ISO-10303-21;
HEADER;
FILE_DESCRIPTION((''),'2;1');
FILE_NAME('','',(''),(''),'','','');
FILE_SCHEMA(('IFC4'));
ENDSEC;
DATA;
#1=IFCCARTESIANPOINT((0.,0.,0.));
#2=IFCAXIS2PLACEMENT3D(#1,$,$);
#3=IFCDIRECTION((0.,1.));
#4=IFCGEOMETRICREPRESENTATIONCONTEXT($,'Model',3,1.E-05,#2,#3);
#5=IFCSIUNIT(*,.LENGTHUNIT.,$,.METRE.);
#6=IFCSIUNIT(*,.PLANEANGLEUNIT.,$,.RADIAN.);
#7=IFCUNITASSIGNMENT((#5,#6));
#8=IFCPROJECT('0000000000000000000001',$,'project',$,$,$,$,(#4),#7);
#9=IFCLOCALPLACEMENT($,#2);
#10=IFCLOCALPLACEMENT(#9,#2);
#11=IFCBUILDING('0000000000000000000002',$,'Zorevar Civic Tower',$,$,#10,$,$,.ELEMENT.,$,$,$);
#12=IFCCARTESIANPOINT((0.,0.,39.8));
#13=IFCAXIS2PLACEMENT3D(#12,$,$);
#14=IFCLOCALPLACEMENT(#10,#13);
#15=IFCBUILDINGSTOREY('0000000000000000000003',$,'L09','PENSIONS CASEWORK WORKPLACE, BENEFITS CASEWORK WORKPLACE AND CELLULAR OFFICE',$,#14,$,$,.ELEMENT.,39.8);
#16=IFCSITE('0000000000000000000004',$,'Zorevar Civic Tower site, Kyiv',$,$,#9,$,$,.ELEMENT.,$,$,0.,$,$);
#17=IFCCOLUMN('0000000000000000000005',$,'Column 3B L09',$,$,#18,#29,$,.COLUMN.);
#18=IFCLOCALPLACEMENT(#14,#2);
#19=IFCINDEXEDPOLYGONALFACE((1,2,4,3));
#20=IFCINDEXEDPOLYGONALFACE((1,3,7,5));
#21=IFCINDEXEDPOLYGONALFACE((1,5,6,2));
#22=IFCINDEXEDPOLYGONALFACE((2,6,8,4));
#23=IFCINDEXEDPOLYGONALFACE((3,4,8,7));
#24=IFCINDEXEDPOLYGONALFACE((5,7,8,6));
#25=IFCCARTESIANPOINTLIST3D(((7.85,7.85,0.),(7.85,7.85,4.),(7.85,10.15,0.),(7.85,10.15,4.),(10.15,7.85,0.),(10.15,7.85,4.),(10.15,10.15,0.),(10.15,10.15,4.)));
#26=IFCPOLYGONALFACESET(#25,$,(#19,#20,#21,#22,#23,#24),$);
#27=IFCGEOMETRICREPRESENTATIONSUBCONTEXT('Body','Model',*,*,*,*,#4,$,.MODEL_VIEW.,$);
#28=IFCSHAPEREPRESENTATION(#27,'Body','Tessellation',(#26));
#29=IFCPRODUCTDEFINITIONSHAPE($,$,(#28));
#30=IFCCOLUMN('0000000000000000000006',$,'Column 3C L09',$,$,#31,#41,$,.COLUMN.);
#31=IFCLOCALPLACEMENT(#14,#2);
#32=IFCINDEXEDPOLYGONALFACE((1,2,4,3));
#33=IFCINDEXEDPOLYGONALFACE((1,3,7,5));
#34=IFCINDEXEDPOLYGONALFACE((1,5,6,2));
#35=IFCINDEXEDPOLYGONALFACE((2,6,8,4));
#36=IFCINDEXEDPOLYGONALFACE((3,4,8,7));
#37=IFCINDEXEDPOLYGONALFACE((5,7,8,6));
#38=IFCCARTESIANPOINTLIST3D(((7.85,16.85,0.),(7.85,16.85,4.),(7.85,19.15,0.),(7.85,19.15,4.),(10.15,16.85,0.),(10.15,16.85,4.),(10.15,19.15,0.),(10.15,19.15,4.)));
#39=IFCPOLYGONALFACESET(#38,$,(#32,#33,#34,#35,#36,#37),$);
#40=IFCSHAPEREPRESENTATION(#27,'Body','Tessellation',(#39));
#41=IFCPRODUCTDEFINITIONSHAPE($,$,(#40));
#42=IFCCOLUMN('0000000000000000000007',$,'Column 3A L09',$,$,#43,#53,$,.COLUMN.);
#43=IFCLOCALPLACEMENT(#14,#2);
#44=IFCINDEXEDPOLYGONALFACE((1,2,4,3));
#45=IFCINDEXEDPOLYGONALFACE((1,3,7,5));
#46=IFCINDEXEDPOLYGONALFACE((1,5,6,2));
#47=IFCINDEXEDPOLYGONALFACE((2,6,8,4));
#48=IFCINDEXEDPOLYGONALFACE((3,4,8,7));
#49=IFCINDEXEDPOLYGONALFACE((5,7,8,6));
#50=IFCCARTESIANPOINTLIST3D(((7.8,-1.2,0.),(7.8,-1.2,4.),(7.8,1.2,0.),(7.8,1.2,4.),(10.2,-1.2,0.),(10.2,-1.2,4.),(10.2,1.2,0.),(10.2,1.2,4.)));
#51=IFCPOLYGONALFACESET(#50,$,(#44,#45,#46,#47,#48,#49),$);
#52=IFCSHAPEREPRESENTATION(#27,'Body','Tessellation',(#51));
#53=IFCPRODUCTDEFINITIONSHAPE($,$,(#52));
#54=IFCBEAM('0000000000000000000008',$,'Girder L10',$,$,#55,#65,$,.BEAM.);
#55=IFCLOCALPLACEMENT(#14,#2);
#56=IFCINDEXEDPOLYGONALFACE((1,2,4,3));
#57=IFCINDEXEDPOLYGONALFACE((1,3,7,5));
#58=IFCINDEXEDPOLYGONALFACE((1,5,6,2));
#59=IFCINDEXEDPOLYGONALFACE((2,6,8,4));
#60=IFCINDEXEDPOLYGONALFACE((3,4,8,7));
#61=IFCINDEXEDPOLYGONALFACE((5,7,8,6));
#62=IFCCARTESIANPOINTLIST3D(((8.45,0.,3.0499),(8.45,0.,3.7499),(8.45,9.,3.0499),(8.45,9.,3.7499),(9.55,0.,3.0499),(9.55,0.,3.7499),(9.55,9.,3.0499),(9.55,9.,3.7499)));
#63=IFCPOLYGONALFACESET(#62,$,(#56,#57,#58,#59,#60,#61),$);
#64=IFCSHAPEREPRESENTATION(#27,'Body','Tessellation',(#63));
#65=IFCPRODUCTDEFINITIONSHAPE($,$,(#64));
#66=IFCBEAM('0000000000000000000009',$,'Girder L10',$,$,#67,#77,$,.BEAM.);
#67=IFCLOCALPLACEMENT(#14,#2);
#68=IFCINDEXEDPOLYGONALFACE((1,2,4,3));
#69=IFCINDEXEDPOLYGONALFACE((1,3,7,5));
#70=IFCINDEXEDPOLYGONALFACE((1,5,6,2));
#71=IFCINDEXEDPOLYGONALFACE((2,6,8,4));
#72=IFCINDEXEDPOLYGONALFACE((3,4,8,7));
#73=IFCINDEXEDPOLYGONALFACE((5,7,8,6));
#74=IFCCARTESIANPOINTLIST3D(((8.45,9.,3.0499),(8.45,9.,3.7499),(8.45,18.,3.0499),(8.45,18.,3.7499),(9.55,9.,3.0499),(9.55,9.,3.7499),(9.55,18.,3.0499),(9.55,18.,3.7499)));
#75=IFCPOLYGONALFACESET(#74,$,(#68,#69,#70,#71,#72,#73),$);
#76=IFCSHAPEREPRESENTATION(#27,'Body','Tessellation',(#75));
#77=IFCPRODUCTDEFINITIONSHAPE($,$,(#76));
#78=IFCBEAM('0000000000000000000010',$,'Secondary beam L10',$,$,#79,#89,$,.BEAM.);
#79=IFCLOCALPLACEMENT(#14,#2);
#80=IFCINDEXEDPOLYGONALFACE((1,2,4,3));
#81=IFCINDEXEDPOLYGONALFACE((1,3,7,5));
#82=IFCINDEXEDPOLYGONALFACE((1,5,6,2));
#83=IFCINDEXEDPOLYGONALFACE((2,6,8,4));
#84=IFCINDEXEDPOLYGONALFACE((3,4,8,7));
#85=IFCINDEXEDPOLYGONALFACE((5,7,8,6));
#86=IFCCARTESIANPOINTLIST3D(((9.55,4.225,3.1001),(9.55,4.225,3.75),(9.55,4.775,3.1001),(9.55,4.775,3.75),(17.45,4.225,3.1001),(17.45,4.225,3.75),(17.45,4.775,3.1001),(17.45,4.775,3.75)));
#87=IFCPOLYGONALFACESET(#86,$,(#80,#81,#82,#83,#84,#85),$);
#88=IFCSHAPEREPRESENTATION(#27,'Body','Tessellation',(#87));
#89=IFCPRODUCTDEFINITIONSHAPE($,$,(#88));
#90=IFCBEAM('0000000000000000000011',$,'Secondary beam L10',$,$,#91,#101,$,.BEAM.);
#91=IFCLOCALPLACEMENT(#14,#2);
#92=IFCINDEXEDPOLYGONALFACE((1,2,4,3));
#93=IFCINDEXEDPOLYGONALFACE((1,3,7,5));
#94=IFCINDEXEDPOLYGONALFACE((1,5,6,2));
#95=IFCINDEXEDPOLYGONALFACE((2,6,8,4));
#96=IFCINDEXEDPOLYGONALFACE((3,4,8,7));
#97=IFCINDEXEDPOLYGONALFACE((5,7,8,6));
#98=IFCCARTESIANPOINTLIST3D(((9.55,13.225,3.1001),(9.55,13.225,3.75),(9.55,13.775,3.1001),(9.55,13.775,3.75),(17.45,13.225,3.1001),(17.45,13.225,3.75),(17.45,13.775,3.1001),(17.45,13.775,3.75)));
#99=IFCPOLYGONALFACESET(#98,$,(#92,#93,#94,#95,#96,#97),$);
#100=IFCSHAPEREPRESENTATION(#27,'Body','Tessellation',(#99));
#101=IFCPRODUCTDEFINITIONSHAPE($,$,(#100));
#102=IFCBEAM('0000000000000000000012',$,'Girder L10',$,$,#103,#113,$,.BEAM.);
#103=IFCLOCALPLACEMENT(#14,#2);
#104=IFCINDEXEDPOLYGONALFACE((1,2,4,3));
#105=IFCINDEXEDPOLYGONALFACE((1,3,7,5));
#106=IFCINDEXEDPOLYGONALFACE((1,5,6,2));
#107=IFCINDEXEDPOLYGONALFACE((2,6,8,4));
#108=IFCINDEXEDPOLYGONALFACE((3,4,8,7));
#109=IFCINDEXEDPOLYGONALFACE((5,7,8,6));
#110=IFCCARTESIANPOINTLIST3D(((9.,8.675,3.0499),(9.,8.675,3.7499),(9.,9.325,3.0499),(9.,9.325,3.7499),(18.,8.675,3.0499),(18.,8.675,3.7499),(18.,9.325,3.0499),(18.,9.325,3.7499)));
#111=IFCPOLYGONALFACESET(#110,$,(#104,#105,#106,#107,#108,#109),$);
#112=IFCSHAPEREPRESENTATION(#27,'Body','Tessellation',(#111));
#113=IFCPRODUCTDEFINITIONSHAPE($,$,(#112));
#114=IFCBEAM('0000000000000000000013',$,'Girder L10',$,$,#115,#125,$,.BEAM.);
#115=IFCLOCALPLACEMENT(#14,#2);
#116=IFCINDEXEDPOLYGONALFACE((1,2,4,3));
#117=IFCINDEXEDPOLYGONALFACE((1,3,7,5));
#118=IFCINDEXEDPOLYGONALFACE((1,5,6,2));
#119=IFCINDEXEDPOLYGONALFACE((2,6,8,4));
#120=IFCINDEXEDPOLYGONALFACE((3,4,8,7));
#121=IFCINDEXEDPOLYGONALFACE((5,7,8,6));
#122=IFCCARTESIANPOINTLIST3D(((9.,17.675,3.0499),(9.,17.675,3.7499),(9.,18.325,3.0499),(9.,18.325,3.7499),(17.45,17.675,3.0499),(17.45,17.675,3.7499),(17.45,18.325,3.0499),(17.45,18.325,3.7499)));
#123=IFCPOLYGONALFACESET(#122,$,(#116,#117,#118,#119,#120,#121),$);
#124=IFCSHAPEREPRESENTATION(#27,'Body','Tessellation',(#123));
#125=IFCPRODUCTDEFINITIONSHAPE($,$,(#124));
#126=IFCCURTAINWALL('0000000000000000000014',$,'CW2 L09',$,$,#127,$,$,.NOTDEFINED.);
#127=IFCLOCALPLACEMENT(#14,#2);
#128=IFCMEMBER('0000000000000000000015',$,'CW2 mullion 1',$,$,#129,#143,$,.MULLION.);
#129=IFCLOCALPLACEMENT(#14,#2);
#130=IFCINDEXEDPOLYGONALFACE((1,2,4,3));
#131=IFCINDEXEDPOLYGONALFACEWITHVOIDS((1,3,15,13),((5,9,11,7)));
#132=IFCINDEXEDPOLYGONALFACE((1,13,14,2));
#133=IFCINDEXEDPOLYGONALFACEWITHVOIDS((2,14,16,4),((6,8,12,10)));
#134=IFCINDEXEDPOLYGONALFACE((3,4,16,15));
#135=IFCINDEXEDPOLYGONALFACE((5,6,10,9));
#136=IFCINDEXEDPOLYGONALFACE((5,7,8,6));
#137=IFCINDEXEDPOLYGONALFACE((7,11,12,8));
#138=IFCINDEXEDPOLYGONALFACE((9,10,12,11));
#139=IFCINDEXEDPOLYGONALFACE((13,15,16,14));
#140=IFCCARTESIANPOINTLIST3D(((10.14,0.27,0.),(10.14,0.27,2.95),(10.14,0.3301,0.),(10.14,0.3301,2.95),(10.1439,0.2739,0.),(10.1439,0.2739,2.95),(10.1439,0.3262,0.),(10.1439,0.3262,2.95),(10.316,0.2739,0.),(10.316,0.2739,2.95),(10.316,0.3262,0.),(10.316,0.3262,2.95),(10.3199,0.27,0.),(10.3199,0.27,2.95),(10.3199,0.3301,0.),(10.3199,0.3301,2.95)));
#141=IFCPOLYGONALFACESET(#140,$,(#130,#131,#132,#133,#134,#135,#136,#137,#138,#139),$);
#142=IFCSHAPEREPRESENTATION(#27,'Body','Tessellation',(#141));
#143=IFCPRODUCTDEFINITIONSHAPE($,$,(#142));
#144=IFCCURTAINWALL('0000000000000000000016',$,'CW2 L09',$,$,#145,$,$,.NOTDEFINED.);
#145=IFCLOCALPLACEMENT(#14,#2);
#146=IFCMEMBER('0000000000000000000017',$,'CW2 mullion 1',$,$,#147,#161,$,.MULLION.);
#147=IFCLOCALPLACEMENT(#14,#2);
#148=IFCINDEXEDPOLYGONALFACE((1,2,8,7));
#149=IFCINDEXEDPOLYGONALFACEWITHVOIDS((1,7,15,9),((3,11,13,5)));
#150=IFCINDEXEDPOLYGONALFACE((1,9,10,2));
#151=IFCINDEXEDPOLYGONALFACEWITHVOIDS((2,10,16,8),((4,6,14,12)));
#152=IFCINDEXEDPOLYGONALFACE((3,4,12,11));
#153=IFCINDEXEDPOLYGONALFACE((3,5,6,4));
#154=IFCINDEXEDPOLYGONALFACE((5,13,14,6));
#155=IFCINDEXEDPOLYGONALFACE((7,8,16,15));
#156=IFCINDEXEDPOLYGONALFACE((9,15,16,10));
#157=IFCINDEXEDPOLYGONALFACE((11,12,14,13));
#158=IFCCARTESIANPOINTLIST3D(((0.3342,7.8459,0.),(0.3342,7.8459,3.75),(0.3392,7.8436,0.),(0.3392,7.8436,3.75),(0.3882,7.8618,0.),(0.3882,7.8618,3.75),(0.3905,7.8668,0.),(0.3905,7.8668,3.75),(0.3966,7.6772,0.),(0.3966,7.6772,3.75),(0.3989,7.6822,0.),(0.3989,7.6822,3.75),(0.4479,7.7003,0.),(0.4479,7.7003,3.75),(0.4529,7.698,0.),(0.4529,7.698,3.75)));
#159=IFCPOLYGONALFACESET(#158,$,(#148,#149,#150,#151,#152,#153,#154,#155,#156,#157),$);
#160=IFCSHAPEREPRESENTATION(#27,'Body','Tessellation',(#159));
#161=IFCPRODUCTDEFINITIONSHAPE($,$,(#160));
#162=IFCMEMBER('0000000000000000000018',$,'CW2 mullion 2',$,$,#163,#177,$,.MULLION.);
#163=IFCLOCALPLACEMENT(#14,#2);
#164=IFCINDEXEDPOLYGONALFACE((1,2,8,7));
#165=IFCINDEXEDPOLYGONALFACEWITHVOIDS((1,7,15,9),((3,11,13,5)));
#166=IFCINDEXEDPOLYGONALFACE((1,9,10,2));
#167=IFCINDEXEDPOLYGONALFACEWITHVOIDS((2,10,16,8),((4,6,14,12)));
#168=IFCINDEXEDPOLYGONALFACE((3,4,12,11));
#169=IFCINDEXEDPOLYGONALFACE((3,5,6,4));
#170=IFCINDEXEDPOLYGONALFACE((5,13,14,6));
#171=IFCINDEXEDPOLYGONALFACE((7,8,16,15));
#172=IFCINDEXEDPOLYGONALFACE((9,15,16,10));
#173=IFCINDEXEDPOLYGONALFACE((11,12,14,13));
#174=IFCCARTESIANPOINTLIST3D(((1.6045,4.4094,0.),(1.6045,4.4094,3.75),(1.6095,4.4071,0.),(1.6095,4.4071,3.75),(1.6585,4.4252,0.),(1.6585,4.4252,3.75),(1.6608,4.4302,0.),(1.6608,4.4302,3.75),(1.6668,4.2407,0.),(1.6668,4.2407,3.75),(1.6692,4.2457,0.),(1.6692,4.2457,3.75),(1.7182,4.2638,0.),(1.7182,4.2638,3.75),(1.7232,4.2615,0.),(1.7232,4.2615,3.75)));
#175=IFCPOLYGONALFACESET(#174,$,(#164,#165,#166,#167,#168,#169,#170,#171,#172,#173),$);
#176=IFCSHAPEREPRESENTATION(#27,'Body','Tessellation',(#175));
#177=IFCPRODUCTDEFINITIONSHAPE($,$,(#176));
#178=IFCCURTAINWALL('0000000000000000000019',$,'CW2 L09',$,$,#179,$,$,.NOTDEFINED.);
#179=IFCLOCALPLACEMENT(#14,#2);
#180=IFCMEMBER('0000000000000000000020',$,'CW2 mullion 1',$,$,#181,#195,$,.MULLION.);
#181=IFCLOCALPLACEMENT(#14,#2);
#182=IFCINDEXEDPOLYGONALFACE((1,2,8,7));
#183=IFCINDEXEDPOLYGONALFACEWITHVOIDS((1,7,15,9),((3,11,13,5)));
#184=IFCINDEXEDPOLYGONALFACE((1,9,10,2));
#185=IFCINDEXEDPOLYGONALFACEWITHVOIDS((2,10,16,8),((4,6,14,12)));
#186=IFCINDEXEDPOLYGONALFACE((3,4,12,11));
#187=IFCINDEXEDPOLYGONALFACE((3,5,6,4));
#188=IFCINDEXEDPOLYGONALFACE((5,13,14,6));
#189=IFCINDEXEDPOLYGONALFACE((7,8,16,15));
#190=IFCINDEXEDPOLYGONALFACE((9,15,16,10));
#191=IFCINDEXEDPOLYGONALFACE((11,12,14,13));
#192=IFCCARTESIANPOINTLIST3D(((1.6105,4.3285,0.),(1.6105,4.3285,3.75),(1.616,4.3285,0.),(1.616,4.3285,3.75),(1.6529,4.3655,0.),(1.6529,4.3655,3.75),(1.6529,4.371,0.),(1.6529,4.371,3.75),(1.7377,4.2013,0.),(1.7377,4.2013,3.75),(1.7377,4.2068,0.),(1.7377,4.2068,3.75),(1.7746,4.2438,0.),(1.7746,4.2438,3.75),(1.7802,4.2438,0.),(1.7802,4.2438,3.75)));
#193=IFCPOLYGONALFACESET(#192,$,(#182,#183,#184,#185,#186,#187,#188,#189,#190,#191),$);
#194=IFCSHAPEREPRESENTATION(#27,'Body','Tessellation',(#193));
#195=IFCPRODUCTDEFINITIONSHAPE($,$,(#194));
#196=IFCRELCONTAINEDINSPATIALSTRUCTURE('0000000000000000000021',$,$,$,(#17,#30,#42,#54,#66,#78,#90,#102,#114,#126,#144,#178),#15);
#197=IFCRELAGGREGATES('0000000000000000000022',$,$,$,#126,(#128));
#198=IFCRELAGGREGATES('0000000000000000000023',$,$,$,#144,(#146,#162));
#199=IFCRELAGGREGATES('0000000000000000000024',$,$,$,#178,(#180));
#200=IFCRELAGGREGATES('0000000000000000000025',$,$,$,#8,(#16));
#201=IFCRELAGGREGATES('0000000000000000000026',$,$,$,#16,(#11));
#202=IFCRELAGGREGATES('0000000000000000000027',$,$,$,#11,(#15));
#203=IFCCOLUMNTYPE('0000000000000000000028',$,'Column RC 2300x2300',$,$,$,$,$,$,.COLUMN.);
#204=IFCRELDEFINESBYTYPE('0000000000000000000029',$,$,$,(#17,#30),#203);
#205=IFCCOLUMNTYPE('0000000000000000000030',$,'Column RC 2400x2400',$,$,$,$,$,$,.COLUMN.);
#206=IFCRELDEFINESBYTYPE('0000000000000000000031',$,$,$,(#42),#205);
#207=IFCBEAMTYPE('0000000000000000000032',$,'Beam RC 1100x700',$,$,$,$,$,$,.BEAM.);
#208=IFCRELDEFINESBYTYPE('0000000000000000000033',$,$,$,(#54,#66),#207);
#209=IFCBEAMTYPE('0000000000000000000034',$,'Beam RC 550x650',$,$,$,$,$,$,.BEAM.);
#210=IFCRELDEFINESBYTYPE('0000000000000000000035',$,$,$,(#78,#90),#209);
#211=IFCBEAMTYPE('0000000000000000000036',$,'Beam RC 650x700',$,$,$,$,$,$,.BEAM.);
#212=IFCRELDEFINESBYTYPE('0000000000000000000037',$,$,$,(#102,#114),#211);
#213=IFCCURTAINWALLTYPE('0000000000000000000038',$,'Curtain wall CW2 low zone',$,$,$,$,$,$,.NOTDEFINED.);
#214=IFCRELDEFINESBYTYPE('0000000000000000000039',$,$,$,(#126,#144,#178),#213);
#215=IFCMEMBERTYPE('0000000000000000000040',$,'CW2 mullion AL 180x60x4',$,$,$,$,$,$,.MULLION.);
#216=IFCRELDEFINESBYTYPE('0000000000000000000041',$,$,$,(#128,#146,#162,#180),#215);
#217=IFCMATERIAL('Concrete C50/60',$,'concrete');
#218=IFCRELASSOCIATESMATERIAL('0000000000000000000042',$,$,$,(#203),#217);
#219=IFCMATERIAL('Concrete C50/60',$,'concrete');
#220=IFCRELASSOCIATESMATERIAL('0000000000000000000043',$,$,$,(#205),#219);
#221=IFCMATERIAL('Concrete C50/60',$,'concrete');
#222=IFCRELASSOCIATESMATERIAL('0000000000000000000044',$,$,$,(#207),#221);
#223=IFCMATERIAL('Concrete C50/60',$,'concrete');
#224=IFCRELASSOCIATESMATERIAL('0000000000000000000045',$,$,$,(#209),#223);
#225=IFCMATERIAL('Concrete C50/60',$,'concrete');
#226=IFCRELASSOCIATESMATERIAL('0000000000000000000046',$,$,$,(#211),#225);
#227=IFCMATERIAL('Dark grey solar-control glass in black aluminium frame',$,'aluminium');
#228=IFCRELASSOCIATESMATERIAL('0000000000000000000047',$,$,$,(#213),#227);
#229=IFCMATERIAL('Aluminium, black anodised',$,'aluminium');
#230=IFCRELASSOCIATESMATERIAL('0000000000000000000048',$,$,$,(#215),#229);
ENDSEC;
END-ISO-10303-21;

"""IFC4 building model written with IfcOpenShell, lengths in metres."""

from ifc_helpers import new_model, si_unit, direction, frame, origin, origin_2d, place, context, subcontext, project, spatial, rectangle, hollow_rectangle, extrude, material, material_profile, profile_set, type_object, element, aggregate, save


model = new_model("IFC4")

# Units and contexts
model_context = context("Model", 3, precision=1e-05, world=origin(), true_north=direction((0.0, 1.0)))
body_context = subcontext(model_context, "Body", "Model", "MODEL_VIEW")
ifc_project = project(units=[si_unit("LENGTHUNIT", "METRE"), si_unit("PLANEANGLEUNIT", "RADIAN")], contexts=[model_context])

# Site, building, storey
site_placement = place(None, origin())
site = spatial("IfcSite", under=ifc_project, at=site_placement, Name="Zorevar Civic Tower site, Kyiv", CompositionType="ELEMENT", RefElevation=0.0)
building_placement = place(site_placement, origin())
building = spatial("IfcBuilding", under=site, at=building_placement, Name="Zorevar Civic Tower", CompositionType="ELEMENT")
storey_placement = place(building_placement, frame((0.0, 0.0, 39.8)))
storey = spatial("IfcBuildingStorey", under=building, at=storey_placement, Name="L09", Description="PENSIONS CASEWORK WORKPLACE, BENEFITS CASEWORK WORKPLACE AND CELLULAR OFFICE", CompositionType="ELEMENT", Elevation=39.8)

# Columns
ifc_material_1 = material(Name="Concrete C50/60", Category="concrete")
ifc_material_profile_1 = material_profile(ifc_material_1, rectangle(XDim=2.3, YDim=2.3, at=origin_2d()), Name="RC 2300x2300")
ifc_profile_set_1 = profile_set([ifc_material_profile_1], Name="Concrete C50/60")
column_type_1 = type_object("IfcColumnType", Name="Column RC 2300x2300", PredefinedType="COLUMN", material=ifc_profile_set_1)
for number, where, z_axis, x_axis, name in (
    (1, (9.0, 9.0, 0.0), (0.0, 0.0, 1.0), (1.0, 0.0, 0.0), "Column 3B L09"),
    (2, (9.0, 18.0, 0.0), (0.0, 0.0, 1.0), (1.0, 0.0, 0.0), "Column 3C L09"),
):
    element("IfcColumn", number, at=place(storey_placement, frame(where, z_axis=z_axis, x_axis=x_axis)), inside=storey, type_object=column_type_1, Name=name, PredefinedType="COLUMN", context=body_context, shape_type="SweptSolid", body=[
        extrude(rectangle(XDim=2.3, YDim=2.3, at=origin_2d()), origin(), (0.0, 0.0, 1.0), 4.0),
    ])
ifc_material_2 = material(Name="Concrete C50/60", Category="concrete")
ifc_material_profile_2 = material_profile(ifc_material_2, rectangle(XDim=2.3999, YDim=2.3999, at=origin_2d()), Name="RC 2400x2400")
ifc_profile_set_2 = profile_set([ifc_material_profile_2], Name="Concrete C50/60")
column_type_2 = type_object("IfcColumnType", Name="Column RC 2400x2400", PredefinedType="COLUMN", material=ifc_profile_set_2)
column_placement = place(storey_placement, frame((9.0, 0.0, 0.0), z_axis=(0.0, 0.0, 1.0), x_axis=(1.0, 0.0, 0.0)))
element("IfcColumn", 3, at=column_placement, inside=storey, type_object=column_type_2, Name="Column 3A L09", PredefinedType="COLUMN", context=body_context, shape_type="SweptSolid", body=[
    extrude(rectangle(XDim=2.3999, YDim=2.3999, at=origin_2d()), origin(), (0.0, 0.0, 1.0), 4.0),
])

# Beams
ifc_material_3 = material(Name="Concrete C50/60", Category="concrete")
ifc_material_profile_3 = material_profile(ifc_material_3, rectangle(XDim=1.1001, YDim=0.7, at=origin_2d()), Name="RC 1100x700")
ifc_profile_set_3 = profile_set([ifc_material_profile_3], Name="Concrete C50/60")
beam_type_1 = type_object("IfcBeamType", Name="Beam RC 1100x700", PredefinedType="BEAM", material=ifc_profile_set_3)
for number, where, z_axis, x_axis, name in (
    (4, (9.0, 0.0, 3.3999), (0.0, 1.0, 0.0), (-1.0, 0.0, 0.0), "Girder L10"),
    (5, (9.0, 9.0, 3.3999), (0.0, 1.0, 0.0), (-1.0, 0.0, 0.0), "Girder L10"),
):
    element("IfcBeam", number, at=place(storey_placement, frame(where, z_axis=z_axis, x_axis=x_axis)), inside=storey, type_object=beam_type_1, Name=name, PredefinedType="BEAM", context=body_context, shape_type="SweptSolid", body=[
        extrude(rectangle(XDim=1.1001, YDim=0.7, at=origin_2d()), origin(), (0.0, 0.0, 1.0), 9.0),
    ])
ifc_material_4 = material(Name="Concrete C50/60", Category="concrete")
ifc_material_profile_4 = material_profile(ifc_material_4, rectangle(XDim=0.55, YDim=0.6499, at=origin_2d()), Name="RC 550x650")
ifc_profile_set_4 = profile_set([ifc_material_profile_4], Name="Concrete C50/60")
beam_type_2 = type_object("IfcBeamType", Name="Beam RC 550x650", PredefinedType="BEAM", material=ifc_profile_set_4)
for number, where, z_axis, x_axis, name in (
    (6, (9.55, 4.5, 3.425), (1.0, 0.0, 0.0), (0.0, 1.0, 0.0), "Secondary beam L10"),
    (7, (9.55, 13.5, 3.425), (1.0, 0.0, 0.0), (0.0, 1.0, 0.0), "Secondary beam L10"),
):
    element("IfcBeam", number, at=place(storey_placement, frame(where, z_axis=z_axis, x_axis=x_axis)), inside=storey, type_object=beam_type_2, Name=name, PredefinedType="BEAM", context=body_context, shape_type="SweptSolid", body=[
        extrude(rectangle(XDim=0.55, YDim=0.6499, at=origin_2d()), origin(), (0.0, 0.0, 1.0), 7.8999),
    ])
ifc_material_5 = material(Name="Concrete C50/60", Category="concrete")
ifc_material_profile_5 = material_profile(ifc_material_5, rectangle(XDim=0.6499, YDim=0.7, at=origin_2d()), Name="RC 650x700")
ifc_profile_set_5 = profile_set([ifc_material_profile_5], Name="Concrete C50/60")
beam_type_3 = type_object("IfcBeamType", Name="Beam RC 650x700", PredefinedType="BEAM", material=ifc_profile_set_5)
beam_1_placement = place(storey_placement, frame((9.0, 9.0, 3.3999), z_axis=(1.0, 0.0, 0.0), x_axis=(0.0, 1.0, 0.0)))
element("IfcBeam", 8, at=beam_1_placement, inside=storey, type_object=beam_type_3, Name="Girder L10", PredefinedType="BEAM", context=body_context, shape_type="SweptSolid", body=[
    extrude(rectangle(XDim=0.6499, YDim=0.7, at=origin_2d()), origin(), (0.0, 0.0, 1.0), 9.0),
])
beam_2_placement = place(storey_placement, frame((9.0, 18.0, 3.3999), z_axis=(1.0, 0.0, 0.0), x_axis=(0.0, 1.0, 0.0)))
element("IfcBeam", 9, at=beam_2_placement, inside=storey, type_object=beam_type_3, Name="Girder L10", PredefinedType="BEAM", context=body_context, shape_type="SweptSolid", body=[
    extrude(rectangle(XDim=0.6499, YDim=0.7, at=origin_2d()), origin(), (0.0, 0.0, 1.0), 8.45),
])

# Curtain wall, member
ifc_material_6 = material(Name="Dark grey solar-control glass in black aluminium frame", Category="aluminium")
curtain_wall_type = type_object("IfcCurtainWallType", Name="Curtain wall CW2 low zone", PredefinedType="NOTDEFINED", material=ifc_material_6)
curtain_wall_1_placement = place(storey_placement, origin())
curtain_wall_1 = element("IfcCurtainWall", 10, at=curtain_wall_1_placement, inside=storey, type_object=curtain_wall_type, Name="CW2 L09", PredefinedType="NOTDEFINED")
ifc_material_7 = material(Name="Aluminium, black anodised", Category="aluminium")
ifc_material_profile_6 = material_profile(ifc_material_7, hollow_rectangle(XDim=0.0601, YDim=0.1799, WallThickness=0.0039, at=origin_2d()), Name="AL 180x60x4")
ifc_profile_set_6 = profile_set([ifc_material_profile_6], Name="Aluminium, black anodised")
member_type_1 = type_object("IfcMemberType", Name="CW2 mullion AL 180x60x4", PredefinedType="MULLION", material=ifc_profile_set_6)
member_1_placement = place(storey_placement, frame((10.23, 0.3, 0.0), z_axis=(0.0, 0.0, 1.0), x_axis=(0.0, 1.0, 0.0)))
member_1 = element("IfcMember", 11, at=member_1_placement, type_object=member_type_1, Name="CW2 mullion 1", PredefinedType="MULLION", context=body_context, shape_type="SweptSolid", body=[
    extrude(hollow_rectangle(XDim=0.0601, YDim=0.1799, WallThickness=0.0039, at=origin_2d()), origin(), (0.0, 0.0, 1.0), 2.95),
])

# Curtain walls, members
curtain_wall_2_placement = place(storey_placement, origin())
curtain_wall_2 = element("IfcCurtainWall", 12, at=curtain_wall_2_placement, inside=storey, type_object=curtain_wall_type, Name="CW2 L09", PredefinedType="NOTDEFINED")
member_2_placement = place(storey_placement, frame((0.3936, 7.772, 0.0), z_axis=(0.0, 0.0, 1.0), x_axis=(0.937975, 0.346704, 0.0)))
member_2 = element("IfcMember", 13, at=member_2_placement, type_object=member_type_1, Name="CW2 mullion 1", PredefinedType="MULLION", context=body_context, shape_type="SweptSolid", body=[
    extrude(hollow_rectangle(XDim=0.0601, YDim=0.1799, WallThickness=0.0039, at=origin_2d()), origin(), (0.0, 0.0, 1.0), 3.75),
])
member_3_placement = place(storey_placement, frame((1.6638, 4.3354, 0.0), z_axis=(0.0, 0.0, 1.0), x_axis=(0.937975, 0.346704, 0.0)))
member_3 = element("IfcMember", 14, at=member_3_placement, type_object=member_type_1, Name="CW2 mullion 2", PredefinedType="MULLION", context=body_context, shape_type="SweptSolid", body=[
    extrude(hollow_rectangle(XDim=0.0601, YDim=0.1799, WallThickness=0.0039, at=origin_2d()), origin(), (0.0, 0.0, 1.0), 3.75),
])
curtain_wall_3_placement = place(storey_placement, origin())
curtain_wall_3 = element("IfcCurtainWall", 15, at=curtain_wall_3_placement, inside=storey, type_object=curtain_wall_type, Name="CW2 L09", PredefinedType="NOTDEFINED")
member_4_placement = place(storey_placement, frame((1.6953, 4.2861, 0.0), z_axis=(0.0, 0.0, 1.0), x_axis=(0.707107, 0.707107, 0.0)))
member_4 = element("IfcMember", 16, at=member_4_placement, type_object=member_type_1, Name="CW2 mullion 1", PredefinedType="MULLION", context=body_context, shape_type="SweptSolid", body=[
    extrude(hollow_rectangle(XDim=0.0601, YDim=0.1799, WallThickness=0.0039, at=origin_2d()), origin(), (0.0, 0.0, 1.0), 3.75),
])

aggregate(curtain_wall_1, [member_1])
aggregate(curtain_wall_2, [member_2, member_3])
aggregate(curtain_wall_3, [member_4])

save(model, "model.ifc")
